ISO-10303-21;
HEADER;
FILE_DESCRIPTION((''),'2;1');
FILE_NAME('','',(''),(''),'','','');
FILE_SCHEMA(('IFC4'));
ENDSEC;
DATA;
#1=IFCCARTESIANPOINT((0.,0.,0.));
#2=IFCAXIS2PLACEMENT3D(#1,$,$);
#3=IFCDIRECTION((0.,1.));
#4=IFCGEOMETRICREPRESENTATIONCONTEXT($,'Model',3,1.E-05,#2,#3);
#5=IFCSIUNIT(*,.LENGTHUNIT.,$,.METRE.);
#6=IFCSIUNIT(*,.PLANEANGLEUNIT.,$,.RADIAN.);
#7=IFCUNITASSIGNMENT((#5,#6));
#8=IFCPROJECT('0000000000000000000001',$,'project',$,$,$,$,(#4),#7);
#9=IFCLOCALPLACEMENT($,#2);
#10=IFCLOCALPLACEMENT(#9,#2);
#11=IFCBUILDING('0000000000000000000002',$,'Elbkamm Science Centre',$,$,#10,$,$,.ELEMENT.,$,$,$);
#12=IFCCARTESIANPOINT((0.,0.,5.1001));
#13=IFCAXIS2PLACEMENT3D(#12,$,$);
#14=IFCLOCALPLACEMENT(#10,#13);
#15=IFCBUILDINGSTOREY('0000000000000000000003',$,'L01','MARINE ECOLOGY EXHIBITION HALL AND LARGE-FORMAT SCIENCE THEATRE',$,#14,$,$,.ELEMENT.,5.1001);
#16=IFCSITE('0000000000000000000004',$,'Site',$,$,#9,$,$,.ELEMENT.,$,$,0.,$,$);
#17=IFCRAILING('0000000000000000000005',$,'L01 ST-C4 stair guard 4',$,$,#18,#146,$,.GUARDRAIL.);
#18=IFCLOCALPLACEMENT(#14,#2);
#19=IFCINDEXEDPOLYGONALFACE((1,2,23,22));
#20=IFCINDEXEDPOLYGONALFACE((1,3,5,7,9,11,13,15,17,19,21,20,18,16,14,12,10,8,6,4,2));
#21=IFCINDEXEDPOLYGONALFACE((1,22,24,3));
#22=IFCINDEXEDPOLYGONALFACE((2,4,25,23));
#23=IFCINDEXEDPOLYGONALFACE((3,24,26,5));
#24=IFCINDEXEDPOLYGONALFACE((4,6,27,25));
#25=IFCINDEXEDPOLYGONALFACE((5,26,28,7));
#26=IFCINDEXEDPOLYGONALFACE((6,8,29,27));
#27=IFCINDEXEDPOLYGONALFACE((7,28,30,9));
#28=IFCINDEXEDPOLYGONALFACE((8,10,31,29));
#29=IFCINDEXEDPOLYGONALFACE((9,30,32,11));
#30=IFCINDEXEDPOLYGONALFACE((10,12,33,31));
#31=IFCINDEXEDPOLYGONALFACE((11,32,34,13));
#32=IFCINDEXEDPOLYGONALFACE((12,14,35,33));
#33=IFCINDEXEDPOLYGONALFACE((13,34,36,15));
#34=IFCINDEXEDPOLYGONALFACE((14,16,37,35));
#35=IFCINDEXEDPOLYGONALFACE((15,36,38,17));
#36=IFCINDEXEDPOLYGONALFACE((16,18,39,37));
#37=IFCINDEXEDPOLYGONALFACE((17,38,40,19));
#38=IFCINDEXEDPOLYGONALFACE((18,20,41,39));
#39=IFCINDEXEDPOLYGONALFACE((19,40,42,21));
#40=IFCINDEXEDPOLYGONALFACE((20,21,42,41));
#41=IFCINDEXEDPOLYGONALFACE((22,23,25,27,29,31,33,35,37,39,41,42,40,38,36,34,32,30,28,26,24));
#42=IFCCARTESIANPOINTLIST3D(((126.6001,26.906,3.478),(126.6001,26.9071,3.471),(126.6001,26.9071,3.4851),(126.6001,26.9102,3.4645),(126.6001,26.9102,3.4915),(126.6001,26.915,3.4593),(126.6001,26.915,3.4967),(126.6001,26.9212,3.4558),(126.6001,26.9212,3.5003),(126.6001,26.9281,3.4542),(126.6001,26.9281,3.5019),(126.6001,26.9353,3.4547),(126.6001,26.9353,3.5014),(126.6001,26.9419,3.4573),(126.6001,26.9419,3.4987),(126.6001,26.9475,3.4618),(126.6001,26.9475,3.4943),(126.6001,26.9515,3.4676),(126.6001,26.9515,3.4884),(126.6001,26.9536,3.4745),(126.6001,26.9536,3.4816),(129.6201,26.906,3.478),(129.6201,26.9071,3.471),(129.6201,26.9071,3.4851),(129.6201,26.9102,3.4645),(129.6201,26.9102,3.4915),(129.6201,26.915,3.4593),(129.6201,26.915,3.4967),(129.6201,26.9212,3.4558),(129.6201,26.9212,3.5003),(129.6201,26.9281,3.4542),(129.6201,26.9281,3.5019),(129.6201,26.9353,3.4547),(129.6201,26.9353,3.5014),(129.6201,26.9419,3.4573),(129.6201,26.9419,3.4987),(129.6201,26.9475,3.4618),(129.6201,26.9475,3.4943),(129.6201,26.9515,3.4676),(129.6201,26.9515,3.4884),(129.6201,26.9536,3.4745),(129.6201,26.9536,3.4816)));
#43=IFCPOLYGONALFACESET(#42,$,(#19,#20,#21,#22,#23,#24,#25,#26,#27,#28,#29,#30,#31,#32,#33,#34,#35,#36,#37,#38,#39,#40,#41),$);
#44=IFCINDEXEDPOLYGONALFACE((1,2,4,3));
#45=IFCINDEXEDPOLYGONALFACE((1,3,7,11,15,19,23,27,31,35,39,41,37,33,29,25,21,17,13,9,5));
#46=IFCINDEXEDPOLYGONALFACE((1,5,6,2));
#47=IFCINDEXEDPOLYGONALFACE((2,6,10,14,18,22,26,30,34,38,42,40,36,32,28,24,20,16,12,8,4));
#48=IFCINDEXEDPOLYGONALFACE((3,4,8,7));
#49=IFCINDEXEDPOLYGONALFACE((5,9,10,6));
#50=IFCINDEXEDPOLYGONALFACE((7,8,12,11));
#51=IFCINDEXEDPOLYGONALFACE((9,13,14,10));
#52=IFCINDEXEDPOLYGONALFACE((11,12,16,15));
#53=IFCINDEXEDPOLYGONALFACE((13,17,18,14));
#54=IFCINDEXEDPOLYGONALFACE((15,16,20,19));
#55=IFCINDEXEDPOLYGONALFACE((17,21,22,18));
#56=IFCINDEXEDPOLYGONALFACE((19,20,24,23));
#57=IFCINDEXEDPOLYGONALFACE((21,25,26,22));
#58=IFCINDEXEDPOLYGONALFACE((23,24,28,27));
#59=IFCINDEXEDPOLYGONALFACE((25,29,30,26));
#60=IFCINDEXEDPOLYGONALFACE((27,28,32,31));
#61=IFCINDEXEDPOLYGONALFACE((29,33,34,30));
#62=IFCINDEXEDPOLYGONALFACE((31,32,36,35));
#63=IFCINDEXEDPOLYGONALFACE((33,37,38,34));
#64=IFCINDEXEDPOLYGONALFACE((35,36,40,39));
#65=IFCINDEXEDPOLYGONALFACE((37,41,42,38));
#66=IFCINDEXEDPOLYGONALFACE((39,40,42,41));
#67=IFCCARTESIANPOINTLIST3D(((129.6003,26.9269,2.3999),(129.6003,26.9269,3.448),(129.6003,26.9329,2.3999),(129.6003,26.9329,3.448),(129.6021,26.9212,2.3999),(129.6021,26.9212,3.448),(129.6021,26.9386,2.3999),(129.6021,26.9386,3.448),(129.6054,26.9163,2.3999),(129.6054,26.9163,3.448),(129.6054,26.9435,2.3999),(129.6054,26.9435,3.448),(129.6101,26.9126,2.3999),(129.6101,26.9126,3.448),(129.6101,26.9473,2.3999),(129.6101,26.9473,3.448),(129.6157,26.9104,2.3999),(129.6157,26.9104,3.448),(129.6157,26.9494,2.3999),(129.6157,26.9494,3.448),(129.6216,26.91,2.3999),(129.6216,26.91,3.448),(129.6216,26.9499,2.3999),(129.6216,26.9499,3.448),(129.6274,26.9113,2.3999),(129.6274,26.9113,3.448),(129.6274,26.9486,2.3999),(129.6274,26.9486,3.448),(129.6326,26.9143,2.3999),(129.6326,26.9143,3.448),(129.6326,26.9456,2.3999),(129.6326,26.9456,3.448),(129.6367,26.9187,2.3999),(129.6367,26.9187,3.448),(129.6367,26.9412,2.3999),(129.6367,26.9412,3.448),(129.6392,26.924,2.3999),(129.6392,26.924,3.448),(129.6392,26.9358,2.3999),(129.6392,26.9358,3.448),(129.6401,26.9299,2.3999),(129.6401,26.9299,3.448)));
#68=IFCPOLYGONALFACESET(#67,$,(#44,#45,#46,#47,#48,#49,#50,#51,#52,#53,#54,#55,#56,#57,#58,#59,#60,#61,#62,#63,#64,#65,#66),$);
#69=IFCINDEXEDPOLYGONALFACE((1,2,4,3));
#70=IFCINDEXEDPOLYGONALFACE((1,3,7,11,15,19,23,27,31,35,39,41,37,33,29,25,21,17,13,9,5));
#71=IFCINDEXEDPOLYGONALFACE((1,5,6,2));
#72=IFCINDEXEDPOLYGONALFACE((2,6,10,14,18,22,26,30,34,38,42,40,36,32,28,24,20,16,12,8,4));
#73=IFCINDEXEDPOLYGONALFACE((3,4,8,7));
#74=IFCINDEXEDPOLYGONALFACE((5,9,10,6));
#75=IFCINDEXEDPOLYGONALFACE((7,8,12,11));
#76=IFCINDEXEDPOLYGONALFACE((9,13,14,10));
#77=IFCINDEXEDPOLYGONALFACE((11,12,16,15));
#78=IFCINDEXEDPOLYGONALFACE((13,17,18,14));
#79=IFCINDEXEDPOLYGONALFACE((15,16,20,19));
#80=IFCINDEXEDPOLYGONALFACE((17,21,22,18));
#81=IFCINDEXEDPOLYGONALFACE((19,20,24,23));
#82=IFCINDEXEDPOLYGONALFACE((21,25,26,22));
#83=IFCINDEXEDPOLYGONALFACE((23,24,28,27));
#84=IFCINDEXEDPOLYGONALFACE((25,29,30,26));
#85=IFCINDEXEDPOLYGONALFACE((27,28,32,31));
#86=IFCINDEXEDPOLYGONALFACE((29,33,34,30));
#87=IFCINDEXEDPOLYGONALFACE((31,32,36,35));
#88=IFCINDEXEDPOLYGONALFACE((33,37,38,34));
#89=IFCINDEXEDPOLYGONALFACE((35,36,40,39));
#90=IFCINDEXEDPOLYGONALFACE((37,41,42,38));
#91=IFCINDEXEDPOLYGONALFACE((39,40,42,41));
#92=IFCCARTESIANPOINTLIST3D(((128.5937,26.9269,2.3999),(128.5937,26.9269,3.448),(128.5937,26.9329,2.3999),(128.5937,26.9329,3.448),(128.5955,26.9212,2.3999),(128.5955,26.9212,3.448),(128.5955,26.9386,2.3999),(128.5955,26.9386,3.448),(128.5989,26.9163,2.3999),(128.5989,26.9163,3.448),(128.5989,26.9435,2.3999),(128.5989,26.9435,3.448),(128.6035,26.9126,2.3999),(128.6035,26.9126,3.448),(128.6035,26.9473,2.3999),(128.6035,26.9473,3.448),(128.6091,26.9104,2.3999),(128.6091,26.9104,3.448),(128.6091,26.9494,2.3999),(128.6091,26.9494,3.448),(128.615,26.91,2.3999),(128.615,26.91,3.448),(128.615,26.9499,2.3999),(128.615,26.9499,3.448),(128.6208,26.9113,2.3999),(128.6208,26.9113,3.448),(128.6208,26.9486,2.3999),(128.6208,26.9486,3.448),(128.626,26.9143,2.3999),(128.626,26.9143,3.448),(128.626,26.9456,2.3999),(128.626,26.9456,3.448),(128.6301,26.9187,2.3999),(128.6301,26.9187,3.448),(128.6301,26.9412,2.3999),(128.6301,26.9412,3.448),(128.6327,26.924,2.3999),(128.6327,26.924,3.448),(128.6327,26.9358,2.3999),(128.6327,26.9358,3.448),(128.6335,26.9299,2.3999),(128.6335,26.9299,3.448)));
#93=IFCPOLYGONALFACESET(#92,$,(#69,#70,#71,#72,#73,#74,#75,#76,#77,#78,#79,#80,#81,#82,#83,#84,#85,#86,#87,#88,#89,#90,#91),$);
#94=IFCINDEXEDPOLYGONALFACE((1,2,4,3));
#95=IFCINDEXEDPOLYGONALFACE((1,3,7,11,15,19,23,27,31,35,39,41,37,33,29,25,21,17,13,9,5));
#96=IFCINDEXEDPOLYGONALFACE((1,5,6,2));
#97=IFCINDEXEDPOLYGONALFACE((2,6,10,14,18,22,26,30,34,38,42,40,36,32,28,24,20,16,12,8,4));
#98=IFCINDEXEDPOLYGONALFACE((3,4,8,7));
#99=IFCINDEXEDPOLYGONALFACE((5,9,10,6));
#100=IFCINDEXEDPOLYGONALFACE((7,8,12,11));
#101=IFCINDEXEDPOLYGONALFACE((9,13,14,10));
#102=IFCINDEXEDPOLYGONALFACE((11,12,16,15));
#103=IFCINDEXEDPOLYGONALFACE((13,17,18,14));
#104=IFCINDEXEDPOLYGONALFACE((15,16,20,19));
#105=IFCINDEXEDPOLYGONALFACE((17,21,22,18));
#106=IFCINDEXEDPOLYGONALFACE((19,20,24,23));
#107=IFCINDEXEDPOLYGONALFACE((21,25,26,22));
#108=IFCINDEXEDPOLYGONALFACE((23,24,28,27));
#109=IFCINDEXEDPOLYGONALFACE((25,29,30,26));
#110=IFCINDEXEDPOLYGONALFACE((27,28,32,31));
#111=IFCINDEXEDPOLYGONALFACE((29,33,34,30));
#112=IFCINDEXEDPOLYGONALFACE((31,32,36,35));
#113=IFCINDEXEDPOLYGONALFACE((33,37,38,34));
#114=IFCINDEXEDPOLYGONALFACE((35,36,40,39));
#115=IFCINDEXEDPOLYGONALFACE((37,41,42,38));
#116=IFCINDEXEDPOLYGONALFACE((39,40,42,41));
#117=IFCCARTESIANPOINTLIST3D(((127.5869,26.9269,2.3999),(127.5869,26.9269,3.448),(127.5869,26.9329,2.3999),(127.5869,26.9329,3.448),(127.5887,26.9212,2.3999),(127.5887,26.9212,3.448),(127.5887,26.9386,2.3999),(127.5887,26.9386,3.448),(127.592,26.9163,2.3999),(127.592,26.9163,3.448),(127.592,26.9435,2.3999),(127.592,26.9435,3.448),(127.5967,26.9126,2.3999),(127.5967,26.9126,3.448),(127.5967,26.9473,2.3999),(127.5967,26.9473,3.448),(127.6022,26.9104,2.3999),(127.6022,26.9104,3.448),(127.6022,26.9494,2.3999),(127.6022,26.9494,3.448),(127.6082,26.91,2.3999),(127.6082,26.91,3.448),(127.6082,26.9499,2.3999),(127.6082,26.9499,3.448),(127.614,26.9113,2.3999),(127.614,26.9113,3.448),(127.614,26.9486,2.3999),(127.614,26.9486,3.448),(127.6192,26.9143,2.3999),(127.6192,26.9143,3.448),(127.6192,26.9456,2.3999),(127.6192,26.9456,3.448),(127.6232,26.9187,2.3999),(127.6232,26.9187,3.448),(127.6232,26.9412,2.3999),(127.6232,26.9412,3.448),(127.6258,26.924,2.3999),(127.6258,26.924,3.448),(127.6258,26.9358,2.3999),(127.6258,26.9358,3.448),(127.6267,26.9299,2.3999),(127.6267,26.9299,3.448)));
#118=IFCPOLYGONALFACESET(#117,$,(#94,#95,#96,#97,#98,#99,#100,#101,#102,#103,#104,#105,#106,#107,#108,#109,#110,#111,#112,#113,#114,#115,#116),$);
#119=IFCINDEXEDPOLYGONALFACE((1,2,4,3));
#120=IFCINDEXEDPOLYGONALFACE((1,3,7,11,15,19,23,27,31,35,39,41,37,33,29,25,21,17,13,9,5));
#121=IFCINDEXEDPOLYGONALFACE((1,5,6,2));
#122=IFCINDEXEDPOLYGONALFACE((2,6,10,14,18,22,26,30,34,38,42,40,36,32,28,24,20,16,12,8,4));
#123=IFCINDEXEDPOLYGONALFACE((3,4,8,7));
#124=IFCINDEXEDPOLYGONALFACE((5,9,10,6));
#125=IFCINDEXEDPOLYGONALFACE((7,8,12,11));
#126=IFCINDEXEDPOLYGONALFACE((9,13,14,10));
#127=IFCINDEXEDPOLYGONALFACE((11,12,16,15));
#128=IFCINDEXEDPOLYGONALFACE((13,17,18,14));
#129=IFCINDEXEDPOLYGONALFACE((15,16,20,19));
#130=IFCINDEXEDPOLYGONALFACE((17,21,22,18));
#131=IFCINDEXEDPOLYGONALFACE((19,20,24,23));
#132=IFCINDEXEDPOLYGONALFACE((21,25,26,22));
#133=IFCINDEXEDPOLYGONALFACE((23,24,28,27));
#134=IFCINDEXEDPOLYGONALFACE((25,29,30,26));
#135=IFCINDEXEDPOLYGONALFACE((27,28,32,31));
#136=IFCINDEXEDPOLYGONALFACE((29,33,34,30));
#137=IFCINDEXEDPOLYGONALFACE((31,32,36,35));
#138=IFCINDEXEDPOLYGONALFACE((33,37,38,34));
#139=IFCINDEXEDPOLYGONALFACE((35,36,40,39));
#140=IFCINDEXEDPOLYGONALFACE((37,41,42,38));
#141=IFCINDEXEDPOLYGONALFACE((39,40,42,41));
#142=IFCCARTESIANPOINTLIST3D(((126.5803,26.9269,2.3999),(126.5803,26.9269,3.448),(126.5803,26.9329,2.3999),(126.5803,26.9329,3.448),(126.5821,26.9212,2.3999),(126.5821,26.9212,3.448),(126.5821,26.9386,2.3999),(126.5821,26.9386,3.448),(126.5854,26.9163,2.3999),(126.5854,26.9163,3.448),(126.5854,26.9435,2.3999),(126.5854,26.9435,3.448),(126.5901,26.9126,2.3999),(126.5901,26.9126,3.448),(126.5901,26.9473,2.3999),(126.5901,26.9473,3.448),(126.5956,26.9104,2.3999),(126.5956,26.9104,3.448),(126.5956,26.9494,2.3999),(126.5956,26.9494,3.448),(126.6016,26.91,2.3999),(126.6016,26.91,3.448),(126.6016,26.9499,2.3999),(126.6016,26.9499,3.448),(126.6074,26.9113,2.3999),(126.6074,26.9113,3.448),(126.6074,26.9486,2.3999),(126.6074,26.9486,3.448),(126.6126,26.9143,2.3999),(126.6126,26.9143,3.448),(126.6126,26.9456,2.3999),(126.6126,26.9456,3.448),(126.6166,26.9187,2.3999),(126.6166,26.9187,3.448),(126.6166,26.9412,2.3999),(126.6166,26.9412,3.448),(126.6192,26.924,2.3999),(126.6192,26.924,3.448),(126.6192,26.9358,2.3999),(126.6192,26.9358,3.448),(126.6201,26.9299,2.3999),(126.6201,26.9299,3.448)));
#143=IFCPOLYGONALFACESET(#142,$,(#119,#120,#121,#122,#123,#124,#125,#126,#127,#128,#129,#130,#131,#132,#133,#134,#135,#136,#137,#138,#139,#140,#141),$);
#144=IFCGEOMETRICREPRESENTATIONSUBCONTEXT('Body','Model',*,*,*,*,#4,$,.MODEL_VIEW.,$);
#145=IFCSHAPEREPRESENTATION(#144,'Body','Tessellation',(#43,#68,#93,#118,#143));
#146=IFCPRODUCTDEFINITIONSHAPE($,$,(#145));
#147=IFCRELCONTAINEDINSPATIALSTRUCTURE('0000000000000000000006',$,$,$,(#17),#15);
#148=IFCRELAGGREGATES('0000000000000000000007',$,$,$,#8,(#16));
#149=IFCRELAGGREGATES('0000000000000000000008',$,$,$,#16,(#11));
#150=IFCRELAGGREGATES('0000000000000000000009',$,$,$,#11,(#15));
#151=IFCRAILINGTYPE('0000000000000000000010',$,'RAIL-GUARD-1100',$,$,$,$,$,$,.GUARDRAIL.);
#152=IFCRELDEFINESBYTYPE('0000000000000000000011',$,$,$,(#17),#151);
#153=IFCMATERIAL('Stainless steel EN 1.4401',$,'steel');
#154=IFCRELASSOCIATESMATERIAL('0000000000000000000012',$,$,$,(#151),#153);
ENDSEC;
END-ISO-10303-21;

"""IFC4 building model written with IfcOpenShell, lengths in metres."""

from ifc_helpers import new_model, si_unit, direction, frame, origin, origin_2d, place, context, subcontext, project, spatial, circle, extrude, material, type_object, element, save


model = new_model("IFC4")

# Units and contexts
model_context = context("Model", 3, precision=1e-05, world=origin(), true_north=direction((0.0, 1.0)))
body_context = subcontext(model_context, "Body", "Model", "MODEL_VIEW")
ifc_project = project(units=[si_unit("LENGTHUNIT", "METRE"), si_unit("PLANEANGLEUNIT", "RADIAN")], contexts=[model_context])

# Site, building, storey
site_placement = place(None, origin())
site = spatial("IfcSite", under=ifc_project, at=site_placement, Name="Site", CompositionType="ELEMENT", RefElevation=0.0)
building_placement = place(site_placement, origin())
building = spatial("IfcBuilding", under=site, at=building_placement, Name="Elbkamm Science Centre", CompositionType="ELEMENT")
storey_placement = place(building_placement, frame((0.0, 0.0, 5.1001)))
storey = spatial("IfcBuildingStorey", under=building, at=storey_placement, Name="L01", Description="MARINE ECOLOGY EXHIBITION HALL AND LARGE-FORMAT SCIENCE THEATRE", CompositionType="ELEMENT", Elevation=5.1001)

# Railing
ifc_material_1 = material(Name="Stainless steel EN 1.4401", Category="steel")
railing_type_1 = type_object("IfcRailingType", Name="RAIL-GUARD-1100", PredefinedType="GUARDRAIL", material=ifc_material_1)
for number, where, name in (
    (1, (129.6201, 26.9299, 2.3999), "L01 ST-C4 stair guard 4"),
):
    element("IfcRailing", number, at=place(storey_placement, frame(where)), inside=storey, type_object=railing_type_1, Name=name, PredefinedType="GUARDRAIL", context=body_context, shape_type="SweptSolid", body=[
        extrude(circle(Radius=0.0239, at=origin_2d()), frame((0.0, 0.0, 1.0781), z_axis=(-1.0, 0.0, 0.0), x_axis=(0.0, -1.0, 0.0)), (0.0, 0.0, 1.0), 3.02),
        extrude(circle(Radius=0.02, at=origin_2d()), origin(), (0.0, 0.0, 1.0), 1.0481),
        extrude(circle(Radius=0.02, at=origin_2d()), frame((-1.0066, 0.0, 0.0)), (0.0, 0.0, 1.0), 1.0481),
        extrude(circle(Radius=0.02, at=origin_2d()), frame((-2.0134, 0.0, 0.0)), (0.0, 0.0, 1.0), 1.0481),
        extrude(circle(Radius=0.02, at=origin_2d()), frame((-3.02, 0.0, 0.0)), (0.0, 0.0, 1.0), 1.0481),
    ])

save(model, "model.ifc")
